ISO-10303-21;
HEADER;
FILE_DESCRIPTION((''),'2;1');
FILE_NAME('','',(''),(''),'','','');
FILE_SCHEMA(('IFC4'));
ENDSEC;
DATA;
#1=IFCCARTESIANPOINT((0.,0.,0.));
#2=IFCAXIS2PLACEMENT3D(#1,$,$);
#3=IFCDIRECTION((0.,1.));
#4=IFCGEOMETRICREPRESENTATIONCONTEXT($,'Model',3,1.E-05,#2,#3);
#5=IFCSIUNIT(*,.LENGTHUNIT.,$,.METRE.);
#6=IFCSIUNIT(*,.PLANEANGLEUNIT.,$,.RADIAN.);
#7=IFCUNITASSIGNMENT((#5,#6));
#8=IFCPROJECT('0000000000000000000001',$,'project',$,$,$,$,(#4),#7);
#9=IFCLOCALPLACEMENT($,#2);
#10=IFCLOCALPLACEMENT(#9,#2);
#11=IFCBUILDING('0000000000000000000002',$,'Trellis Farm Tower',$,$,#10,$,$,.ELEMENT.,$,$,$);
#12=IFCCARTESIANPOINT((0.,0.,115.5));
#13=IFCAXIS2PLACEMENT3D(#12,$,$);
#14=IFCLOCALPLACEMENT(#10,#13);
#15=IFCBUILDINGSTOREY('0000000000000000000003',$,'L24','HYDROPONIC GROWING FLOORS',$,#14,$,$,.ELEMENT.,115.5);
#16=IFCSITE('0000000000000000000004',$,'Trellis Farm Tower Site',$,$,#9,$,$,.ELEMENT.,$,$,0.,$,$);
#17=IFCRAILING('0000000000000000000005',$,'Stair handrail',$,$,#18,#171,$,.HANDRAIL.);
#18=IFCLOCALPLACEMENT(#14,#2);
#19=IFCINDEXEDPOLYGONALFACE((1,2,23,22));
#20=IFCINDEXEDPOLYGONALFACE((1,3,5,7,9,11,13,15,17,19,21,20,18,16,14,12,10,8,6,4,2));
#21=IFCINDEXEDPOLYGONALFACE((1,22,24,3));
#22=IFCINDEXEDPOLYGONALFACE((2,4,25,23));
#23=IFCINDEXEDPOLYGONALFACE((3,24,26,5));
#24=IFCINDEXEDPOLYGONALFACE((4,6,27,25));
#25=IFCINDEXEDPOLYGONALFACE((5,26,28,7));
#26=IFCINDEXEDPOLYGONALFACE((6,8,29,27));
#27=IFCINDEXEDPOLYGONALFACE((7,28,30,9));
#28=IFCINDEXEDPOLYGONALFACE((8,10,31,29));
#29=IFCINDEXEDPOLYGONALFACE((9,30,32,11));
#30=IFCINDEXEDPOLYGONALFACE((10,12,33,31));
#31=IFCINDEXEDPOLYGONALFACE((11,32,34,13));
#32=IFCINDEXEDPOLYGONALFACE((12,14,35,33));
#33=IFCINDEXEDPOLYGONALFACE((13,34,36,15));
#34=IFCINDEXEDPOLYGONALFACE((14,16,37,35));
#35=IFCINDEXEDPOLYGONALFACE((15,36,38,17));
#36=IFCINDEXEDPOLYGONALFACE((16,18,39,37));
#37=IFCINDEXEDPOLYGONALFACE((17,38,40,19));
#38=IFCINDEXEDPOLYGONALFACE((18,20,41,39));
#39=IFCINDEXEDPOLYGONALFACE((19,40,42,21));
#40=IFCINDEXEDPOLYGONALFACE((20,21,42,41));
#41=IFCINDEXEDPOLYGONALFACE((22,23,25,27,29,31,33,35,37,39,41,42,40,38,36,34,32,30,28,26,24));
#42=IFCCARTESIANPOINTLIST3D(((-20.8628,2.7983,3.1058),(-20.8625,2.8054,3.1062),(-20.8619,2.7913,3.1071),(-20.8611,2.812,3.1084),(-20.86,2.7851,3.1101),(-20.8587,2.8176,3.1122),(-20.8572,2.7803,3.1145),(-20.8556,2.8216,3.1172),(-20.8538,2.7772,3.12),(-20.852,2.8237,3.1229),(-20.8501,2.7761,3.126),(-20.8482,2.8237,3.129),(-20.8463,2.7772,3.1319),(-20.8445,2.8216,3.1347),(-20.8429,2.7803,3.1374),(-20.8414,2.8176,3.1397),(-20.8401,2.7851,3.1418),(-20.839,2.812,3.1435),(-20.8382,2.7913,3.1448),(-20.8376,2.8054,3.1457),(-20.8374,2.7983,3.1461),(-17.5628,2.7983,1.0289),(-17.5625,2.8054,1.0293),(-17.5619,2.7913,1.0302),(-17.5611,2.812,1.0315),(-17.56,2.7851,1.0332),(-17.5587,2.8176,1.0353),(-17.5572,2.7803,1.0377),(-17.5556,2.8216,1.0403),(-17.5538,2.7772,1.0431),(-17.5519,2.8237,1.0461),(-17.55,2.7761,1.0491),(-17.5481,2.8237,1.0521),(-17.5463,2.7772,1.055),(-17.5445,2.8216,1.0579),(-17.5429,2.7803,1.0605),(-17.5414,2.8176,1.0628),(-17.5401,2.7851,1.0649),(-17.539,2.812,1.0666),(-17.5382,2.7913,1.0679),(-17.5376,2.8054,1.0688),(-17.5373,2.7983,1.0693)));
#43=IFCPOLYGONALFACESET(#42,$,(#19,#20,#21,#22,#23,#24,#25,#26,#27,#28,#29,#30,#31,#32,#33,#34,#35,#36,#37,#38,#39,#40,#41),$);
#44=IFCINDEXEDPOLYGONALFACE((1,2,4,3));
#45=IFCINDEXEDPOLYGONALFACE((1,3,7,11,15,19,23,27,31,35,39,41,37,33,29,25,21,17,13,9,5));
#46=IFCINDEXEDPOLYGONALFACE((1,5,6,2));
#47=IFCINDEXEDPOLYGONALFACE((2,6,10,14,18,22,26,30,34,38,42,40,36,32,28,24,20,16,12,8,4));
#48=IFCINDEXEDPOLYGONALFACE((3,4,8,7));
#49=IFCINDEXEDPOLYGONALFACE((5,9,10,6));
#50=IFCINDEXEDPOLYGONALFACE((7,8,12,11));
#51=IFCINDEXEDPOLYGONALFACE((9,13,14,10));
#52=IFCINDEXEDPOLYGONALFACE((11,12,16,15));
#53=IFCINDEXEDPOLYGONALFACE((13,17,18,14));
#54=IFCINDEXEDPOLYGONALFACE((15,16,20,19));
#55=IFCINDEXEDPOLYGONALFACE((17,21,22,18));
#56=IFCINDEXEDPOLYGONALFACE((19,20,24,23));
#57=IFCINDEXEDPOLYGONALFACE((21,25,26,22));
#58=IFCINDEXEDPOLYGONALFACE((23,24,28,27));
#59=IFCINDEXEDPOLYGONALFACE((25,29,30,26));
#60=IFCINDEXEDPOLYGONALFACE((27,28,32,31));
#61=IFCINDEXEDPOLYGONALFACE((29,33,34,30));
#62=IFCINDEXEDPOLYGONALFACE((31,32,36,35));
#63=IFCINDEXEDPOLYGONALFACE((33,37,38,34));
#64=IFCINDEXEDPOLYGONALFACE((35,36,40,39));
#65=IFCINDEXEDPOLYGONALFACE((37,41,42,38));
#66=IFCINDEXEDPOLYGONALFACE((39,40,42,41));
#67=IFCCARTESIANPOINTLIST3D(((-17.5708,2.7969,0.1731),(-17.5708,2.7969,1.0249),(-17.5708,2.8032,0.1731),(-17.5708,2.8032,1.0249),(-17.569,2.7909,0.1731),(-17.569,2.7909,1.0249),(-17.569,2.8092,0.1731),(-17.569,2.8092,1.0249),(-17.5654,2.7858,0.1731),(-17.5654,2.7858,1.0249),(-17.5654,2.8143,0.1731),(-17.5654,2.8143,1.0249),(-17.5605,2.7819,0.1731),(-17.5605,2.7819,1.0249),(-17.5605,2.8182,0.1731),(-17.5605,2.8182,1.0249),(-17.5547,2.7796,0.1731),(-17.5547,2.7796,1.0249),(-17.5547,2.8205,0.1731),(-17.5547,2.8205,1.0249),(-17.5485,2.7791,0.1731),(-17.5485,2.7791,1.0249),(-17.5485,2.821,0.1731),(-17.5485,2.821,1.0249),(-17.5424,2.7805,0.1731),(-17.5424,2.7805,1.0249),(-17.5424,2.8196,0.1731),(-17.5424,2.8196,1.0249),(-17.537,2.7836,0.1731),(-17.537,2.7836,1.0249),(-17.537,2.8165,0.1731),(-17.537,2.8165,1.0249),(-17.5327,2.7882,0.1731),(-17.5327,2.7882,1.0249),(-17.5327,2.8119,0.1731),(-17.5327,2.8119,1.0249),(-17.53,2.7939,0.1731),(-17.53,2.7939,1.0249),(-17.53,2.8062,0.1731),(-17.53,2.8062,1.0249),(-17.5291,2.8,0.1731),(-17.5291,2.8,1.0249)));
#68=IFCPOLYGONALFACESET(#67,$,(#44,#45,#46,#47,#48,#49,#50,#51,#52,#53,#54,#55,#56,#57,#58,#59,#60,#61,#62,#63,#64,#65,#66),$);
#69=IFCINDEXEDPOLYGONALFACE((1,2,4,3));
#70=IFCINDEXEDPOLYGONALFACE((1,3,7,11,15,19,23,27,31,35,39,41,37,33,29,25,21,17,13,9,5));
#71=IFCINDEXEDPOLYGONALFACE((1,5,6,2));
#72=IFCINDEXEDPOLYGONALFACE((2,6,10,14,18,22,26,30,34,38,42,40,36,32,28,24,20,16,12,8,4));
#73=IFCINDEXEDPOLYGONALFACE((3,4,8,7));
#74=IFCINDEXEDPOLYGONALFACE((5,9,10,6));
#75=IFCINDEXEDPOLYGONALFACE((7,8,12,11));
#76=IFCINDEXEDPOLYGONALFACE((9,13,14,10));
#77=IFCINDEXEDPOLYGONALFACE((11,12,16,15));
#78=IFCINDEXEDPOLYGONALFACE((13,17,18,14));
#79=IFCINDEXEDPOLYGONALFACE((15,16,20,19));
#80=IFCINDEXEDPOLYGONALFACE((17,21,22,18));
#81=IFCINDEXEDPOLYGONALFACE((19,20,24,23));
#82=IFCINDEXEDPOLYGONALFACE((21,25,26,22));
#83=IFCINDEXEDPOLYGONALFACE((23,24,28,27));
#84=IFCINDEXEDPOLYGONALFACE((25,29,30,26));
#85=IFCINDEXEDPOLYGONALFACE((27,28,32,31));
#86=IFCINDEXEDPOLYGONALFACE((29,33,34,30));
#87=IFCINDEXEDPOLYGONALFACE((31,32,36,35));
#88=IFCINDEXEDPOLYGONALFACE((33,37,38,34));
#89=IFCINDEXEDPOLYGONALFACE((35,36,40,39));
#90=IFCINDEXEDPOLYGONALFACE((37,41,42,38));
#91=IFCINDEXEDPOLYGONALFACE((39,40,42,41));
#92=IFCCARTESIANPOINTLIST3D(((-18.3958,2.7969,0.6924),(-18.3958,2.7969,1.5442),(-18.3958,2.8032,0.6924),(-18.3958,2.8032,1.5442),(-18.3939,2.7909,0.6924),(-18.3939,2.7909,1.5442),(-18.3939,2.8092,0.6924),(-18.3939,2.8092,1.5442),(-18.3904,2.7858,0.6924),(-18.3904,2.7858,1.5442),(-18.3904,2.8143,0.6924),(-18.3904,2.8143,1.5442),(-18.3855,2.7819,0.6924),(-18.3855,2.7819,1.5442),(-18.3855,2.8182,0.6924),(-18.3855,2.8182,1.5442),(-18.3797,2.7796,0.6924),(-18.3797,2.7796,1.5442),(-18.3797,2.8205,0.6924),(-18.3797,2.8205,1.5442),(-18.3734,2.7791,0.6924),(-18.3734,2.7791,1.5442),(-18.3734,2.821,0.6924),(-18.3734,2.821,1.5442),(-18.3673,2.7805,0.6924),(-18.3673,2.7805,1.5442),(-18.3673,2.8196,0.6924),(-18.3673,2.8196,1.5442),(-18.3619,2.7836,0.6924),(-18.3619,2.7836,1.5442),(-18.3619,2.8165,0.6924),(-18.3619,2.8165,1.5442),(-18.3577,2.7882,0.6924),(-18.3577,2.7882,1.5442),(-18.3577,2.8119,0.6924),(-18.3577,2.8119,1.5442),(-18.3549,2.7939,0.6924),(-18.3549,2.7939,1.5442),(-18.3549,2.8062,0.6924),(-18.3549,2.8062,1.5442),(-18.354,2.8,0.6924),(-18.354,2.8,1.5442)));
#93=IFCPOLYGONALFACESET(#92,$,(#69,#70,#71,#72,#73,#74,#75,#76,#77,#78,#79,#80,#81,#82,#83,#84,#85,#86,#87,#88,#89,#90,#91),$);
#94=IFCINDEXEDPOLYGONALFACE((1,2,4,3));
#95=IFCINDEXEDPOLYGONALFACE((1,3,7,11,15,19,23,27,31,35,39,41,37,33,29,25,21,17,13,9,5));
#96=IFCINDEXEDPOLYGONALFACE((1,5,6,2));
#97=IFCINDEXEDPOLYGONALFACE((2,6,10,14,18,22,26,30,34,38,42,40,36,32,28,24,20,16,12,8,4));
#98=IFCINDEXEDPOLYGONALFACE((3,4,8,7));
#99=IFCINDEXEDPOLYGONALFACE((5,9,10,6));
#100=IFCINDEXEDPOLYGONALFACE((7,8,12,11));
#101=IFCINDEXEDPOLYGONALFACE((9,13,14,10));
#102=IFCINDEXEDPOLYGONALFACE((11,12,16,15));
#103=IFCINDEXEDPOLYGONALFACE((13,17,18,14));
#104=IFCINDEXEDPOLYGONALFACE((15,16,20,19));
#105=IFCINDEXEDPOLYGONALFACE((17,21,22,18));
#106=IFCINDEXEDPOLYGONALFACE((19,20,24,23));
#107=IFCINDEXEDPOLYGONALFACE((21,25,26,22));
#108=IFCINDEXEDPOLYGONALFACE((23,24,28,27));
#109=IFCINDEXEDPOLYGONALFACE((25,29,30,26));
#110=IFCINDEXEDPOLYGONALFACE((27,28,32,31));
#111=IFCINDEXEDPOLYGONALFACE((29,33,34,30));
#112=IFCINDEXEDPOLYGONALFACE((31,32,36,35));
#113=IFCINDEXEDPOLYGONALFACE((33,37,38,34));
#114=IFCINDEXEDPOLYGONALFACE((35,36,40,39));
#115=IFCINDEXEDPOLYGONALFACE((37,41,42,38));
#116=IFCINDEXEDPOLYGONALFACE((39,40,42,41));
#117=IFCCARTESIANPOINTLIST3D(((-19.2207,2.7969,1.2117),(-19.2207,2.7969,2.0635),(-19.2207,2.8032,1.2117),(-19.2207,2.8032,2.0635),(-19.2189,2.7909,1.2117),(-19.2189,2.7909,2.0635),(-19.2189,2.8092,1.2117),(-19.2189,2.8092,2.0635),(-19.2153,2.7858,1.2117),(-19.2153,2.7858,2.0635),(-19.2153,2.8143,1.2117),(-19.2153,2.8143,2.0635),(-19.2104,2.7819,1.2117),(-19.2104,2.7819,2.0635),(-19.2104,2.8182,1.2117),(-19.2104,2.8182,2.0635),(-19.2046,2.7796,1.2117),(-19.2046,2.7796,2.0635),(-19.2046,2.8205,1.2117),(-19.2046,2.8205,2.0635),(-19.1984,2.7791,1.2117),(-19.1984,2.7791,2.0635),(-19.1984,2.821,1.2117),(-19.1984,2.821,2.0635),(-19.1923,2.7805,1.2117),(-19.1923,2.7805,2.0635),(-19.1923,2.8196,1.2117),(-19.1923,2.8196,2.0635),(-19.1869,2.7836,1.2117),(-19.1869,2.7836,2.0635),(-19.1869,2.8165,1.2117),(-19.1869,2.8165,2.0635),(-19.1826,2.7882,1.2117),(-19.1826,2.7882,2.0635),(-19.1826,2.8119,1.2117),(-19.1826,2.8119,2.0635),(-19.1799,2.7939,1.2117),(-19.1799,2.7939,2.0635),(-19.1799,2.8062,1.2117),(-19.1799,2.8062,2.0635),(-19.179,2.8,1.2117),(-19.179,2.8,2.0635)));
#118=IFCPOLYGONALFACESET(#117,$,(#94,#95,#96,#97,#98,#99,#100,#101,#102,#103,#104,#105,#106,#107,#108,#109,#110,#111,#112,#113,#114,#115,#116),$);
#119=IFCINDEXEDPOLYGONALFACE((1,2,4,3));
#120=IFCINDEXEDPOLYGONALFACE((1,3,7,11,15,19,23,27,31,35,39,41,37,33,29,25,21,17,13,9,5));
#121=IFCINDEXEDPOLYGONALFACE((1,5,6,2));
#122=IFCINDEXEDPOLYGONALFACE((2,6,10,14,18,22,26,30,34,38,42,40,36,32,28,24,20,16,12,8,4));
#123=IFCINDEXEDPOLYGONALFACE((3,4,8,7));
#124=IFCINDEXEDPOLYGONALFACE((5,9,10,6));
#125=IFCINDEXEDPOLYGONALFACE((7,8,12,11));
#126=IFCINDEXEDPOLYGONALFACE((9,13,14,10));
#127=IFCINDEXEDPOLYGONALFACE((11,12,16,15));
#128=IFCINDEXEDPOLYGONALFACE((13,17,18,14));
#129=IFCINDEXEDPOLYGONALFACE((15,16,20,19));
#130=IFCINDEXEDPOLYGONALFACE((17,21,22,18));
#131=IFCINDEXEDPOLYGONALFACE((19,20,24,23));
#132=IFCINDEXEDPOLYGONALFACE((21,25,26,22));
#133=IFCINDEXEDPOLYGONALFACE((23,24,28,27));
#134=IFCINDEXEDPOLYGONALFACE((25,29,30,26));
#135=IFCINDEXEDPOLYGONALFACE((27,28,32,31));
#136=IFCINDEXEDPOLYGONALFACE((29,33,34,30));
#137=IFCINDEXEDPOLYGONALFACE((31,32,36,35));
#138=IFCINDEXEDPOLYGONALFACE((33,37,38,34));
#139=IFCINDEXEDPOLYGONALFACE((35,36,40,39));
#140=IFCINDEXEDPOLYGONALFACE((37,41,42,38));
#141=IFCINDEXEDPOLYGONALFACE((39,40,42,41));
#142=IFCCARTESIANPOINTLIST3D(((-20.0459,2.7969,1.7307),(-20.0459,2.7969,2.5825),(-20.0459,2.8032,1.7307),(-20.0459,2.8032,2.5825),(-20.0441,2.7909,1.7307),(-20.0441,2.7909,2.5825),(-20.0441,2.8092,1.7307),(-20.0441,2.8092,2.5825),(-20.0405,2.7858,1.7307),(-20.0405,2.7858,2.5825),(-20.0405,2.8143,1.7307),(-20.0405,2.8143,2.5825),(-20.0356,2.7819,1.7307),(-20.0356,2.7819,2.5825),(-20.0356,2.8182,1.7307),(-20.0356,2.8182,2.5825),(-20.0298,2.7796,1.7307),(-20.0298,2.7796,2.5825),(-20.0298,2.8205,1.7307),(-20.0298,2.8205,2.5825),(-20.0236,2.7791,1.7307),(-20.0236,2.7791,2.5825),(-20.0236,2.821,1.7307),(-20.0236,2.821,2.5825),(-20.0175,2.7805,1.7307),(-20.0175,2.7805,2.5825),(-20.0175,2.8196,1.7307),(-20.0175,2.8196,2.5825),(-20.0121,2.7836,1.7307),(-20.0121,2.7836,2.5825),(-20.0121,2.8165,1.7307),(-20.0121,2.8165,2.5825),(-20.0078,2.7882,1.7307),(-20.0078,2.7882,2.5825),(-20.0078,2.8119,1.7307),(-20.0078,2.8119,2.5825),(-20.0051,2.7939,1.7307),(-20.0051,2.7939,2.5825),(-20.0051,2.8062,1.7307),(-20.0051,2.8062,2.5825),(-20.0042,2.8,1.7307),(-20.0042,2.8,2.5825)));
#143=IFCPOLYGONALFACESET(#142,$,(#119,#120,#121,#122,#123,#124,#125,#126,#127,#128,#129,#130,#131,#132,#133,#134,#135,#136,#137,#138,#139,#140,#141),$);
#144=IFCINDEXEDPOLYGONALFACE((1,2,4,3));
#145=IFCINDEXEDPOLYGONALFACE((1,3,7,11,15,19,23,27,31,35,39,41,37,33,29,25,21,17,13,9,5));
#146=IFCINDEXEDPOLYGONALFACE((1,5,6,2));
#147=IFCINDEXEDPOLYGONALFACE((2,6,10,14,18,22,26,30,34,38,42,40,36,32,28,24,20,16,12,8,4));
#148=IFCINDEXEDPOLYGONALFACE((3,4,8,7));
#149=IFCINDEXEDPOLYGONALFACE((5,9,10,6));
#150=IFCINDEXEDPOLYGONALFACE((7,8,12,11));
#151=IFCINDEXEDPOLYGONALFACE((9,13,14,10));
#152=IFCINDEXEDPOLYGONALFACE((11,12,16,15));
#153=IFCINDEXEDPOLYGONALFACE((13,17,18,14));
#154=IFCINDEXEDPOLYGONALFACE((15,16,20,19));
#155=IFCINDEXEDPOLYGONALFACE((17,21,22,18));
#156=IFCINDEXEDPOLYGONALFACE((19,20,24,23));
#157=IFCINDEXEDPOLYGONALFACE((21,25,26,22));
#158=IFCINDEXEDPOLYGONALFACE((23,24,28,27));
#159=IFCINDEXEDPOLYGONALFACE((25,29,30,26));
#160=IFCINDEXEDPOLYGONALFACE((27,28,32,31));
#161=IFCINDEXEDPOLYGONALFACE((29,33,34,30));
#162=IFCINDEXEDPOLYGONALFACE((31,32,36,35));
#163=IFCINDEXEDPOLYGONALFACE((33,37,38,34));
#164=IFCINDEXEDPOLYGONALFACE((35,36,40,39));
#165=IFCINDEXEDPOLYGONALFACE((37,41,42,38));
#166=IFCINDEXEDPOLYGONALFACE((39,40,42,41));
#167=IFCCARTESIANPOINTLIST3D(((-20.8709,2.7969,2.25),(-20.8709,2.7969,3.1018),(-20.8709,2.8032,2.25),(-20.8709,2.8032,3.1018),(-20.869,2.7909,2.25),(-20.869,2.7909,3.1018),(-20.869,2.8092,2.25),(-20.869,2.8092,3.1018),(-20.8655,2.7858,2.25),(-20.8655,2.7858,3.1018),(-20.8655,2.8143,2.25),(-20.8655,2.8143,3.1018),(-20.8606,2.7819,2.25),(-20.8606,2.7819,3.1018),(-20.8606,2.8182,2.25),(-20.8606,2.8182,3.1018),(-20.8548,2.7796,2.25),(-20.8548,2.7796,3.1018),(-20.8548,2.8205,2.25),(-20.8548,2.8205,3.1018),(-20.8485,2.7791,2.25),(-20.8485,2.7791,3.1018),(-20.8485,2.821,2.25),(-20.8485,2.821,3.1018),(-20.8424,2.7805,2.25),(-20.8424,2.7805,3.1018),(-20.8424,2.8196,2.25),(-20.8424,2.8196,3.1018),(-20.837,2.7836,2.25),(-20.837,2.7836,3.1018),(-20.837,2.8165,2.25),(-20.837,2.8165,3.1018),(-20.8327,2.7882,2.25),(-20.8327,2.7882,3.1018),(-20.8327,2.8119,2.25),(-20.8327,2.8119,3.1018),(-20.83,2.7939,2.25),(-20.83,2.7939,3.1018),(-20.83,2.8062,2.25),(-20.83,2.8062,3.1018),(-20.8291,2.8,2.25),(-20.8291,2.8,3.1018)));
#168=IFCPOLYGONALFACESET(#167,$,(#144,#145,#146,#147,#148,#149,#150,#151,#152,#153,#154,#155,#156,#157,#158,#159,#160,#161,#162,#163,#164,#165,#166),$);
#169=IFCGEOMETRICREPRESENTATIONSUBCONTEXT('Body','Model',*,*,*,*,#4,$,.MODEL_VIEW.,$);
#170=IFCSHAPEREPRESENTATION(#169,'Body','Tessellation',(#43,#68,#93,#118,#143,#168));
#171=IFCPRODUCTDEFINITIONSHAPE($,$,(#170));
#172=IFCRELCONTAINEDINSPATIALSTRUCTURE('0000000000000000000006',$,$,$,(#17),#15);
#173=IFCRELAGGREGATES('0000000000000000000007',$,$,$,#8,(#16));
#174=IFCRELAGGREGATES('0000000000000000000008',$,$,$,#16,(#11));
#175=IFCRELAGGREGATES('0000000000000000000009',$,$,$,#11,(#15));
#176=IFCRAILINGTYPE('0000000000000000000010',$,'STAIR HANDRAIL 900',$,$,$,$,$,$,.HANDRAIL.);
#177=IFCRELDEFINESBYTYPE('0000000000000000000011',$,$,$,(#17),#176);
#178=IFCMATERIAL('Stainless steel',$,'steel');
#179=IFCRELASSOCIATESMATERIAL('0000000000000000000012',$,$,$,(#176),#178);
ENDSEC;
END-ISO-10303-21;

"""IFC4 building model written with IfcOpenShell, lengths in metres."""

from ifc_helpers import new_model, si_unit, direction, frame, origin, origin_2d, place, context, subcontext, project, spatial, circle, extrude, source, transform, mapped, material, type_object, element, save


model = new_model("IFC4")

# Units and contexts
model_context = context("Model", 3, precision=1e-05, world=origin(), true_north=direction((0.0, 1.0)))
body_context = subcontext(model_context, "Body", "Model", "MODEL_VIEW")
ifc_project = project(units=[si_unit("LENGTHUNIT", "METRE"), si_unit("PLANEANGLEUNIT", "RADIAN")], contexts=[model_context])

# Site, building, storey
site_placement = place(None, origin())
site = spatial("IfcSite", under=ifc_project, at=site_placement, Name="Trellis Farm Tower Site", CompositionType="ELEMENT", RefElevation=0.0)
building_placement = place(site_placement, origin())
building = spatial("IfcBuilding", under=site, at=building_placement, Name="Trellis Farm Tower", CompositionType="ELEMENT")
storey_placement = place(building_placement, frame((0.0, 0.0, 115.5)))
storey = spatial("IfcBuildingStorey", under=building, at=storey_placement, Name="L24", Description="HYDROPONIC GROWING FLOORS", CompositionType="ELEMENT", Elevation=115.5)

# Railing
ifc_material_1 = material(Name="Stainless steel", Category="steel")
railing_type = type_object("IfcRailingType", Name="STAIR HANDRAIL 900", PredefinedType="HANDRAIL", material=ifc_material_1)
shared_shape_1 = source(origin(), body_context, "Body", "SweptSolid", [
    extrude(circle(Radius=0.0239, at=origin_2d()), frame((0.0, 0.0, 0.876), z_axis=(-0.846337, 0.0, 0.532647), x_axis=(0.0, -1.0, 0.0)), (0.0, 0.0, 1.0), 3.8992),
    extrude(circle(Radius=0.021, at=origin_2d()), origin(), (0.0, 0.0, 1.0), 0.8518),
    extrude(circle(Radius=0.021, at=origin_2d()), frame((-0.825, 0.0, 0.5193)), (0.0, 0.0, 1.0), 0.8518),
    extrude(circle(Radius=0.021, at=origin_2d()), frame((-1.6499, 0.0, 1.0386)), (0.0, 0.0, 1.0), 0.8518),
    extrude(circle(Radius=0.021, at=origin_2d()), frame((-2.4751, 0.0, 1.5576)), (0.0, 0.0, 1.0), 0.8518),
    extrude(circle(Radius=0.021, at=origin_2d()), frame((-3.3, 0.0, 2.0769)), (0.0, 0.0, 1.0), 0.8518),
])
for number, where, name in (
    (1, (-17.55, 2.8, 0.1731), "Stair handrail"),
):
    element("IfcRailing", number, at=place(storey_placement, frame(where)), inside=storey, type_object=railing_type, Name=name, PredefinedType="HANDRAIL", context=body_context, shape_type="MappedRepresentation", body=[
        mapped(shared_shape_1, transform((0.0, 0.0, 0.0))),
    ])

save(model, "model.ifc")
